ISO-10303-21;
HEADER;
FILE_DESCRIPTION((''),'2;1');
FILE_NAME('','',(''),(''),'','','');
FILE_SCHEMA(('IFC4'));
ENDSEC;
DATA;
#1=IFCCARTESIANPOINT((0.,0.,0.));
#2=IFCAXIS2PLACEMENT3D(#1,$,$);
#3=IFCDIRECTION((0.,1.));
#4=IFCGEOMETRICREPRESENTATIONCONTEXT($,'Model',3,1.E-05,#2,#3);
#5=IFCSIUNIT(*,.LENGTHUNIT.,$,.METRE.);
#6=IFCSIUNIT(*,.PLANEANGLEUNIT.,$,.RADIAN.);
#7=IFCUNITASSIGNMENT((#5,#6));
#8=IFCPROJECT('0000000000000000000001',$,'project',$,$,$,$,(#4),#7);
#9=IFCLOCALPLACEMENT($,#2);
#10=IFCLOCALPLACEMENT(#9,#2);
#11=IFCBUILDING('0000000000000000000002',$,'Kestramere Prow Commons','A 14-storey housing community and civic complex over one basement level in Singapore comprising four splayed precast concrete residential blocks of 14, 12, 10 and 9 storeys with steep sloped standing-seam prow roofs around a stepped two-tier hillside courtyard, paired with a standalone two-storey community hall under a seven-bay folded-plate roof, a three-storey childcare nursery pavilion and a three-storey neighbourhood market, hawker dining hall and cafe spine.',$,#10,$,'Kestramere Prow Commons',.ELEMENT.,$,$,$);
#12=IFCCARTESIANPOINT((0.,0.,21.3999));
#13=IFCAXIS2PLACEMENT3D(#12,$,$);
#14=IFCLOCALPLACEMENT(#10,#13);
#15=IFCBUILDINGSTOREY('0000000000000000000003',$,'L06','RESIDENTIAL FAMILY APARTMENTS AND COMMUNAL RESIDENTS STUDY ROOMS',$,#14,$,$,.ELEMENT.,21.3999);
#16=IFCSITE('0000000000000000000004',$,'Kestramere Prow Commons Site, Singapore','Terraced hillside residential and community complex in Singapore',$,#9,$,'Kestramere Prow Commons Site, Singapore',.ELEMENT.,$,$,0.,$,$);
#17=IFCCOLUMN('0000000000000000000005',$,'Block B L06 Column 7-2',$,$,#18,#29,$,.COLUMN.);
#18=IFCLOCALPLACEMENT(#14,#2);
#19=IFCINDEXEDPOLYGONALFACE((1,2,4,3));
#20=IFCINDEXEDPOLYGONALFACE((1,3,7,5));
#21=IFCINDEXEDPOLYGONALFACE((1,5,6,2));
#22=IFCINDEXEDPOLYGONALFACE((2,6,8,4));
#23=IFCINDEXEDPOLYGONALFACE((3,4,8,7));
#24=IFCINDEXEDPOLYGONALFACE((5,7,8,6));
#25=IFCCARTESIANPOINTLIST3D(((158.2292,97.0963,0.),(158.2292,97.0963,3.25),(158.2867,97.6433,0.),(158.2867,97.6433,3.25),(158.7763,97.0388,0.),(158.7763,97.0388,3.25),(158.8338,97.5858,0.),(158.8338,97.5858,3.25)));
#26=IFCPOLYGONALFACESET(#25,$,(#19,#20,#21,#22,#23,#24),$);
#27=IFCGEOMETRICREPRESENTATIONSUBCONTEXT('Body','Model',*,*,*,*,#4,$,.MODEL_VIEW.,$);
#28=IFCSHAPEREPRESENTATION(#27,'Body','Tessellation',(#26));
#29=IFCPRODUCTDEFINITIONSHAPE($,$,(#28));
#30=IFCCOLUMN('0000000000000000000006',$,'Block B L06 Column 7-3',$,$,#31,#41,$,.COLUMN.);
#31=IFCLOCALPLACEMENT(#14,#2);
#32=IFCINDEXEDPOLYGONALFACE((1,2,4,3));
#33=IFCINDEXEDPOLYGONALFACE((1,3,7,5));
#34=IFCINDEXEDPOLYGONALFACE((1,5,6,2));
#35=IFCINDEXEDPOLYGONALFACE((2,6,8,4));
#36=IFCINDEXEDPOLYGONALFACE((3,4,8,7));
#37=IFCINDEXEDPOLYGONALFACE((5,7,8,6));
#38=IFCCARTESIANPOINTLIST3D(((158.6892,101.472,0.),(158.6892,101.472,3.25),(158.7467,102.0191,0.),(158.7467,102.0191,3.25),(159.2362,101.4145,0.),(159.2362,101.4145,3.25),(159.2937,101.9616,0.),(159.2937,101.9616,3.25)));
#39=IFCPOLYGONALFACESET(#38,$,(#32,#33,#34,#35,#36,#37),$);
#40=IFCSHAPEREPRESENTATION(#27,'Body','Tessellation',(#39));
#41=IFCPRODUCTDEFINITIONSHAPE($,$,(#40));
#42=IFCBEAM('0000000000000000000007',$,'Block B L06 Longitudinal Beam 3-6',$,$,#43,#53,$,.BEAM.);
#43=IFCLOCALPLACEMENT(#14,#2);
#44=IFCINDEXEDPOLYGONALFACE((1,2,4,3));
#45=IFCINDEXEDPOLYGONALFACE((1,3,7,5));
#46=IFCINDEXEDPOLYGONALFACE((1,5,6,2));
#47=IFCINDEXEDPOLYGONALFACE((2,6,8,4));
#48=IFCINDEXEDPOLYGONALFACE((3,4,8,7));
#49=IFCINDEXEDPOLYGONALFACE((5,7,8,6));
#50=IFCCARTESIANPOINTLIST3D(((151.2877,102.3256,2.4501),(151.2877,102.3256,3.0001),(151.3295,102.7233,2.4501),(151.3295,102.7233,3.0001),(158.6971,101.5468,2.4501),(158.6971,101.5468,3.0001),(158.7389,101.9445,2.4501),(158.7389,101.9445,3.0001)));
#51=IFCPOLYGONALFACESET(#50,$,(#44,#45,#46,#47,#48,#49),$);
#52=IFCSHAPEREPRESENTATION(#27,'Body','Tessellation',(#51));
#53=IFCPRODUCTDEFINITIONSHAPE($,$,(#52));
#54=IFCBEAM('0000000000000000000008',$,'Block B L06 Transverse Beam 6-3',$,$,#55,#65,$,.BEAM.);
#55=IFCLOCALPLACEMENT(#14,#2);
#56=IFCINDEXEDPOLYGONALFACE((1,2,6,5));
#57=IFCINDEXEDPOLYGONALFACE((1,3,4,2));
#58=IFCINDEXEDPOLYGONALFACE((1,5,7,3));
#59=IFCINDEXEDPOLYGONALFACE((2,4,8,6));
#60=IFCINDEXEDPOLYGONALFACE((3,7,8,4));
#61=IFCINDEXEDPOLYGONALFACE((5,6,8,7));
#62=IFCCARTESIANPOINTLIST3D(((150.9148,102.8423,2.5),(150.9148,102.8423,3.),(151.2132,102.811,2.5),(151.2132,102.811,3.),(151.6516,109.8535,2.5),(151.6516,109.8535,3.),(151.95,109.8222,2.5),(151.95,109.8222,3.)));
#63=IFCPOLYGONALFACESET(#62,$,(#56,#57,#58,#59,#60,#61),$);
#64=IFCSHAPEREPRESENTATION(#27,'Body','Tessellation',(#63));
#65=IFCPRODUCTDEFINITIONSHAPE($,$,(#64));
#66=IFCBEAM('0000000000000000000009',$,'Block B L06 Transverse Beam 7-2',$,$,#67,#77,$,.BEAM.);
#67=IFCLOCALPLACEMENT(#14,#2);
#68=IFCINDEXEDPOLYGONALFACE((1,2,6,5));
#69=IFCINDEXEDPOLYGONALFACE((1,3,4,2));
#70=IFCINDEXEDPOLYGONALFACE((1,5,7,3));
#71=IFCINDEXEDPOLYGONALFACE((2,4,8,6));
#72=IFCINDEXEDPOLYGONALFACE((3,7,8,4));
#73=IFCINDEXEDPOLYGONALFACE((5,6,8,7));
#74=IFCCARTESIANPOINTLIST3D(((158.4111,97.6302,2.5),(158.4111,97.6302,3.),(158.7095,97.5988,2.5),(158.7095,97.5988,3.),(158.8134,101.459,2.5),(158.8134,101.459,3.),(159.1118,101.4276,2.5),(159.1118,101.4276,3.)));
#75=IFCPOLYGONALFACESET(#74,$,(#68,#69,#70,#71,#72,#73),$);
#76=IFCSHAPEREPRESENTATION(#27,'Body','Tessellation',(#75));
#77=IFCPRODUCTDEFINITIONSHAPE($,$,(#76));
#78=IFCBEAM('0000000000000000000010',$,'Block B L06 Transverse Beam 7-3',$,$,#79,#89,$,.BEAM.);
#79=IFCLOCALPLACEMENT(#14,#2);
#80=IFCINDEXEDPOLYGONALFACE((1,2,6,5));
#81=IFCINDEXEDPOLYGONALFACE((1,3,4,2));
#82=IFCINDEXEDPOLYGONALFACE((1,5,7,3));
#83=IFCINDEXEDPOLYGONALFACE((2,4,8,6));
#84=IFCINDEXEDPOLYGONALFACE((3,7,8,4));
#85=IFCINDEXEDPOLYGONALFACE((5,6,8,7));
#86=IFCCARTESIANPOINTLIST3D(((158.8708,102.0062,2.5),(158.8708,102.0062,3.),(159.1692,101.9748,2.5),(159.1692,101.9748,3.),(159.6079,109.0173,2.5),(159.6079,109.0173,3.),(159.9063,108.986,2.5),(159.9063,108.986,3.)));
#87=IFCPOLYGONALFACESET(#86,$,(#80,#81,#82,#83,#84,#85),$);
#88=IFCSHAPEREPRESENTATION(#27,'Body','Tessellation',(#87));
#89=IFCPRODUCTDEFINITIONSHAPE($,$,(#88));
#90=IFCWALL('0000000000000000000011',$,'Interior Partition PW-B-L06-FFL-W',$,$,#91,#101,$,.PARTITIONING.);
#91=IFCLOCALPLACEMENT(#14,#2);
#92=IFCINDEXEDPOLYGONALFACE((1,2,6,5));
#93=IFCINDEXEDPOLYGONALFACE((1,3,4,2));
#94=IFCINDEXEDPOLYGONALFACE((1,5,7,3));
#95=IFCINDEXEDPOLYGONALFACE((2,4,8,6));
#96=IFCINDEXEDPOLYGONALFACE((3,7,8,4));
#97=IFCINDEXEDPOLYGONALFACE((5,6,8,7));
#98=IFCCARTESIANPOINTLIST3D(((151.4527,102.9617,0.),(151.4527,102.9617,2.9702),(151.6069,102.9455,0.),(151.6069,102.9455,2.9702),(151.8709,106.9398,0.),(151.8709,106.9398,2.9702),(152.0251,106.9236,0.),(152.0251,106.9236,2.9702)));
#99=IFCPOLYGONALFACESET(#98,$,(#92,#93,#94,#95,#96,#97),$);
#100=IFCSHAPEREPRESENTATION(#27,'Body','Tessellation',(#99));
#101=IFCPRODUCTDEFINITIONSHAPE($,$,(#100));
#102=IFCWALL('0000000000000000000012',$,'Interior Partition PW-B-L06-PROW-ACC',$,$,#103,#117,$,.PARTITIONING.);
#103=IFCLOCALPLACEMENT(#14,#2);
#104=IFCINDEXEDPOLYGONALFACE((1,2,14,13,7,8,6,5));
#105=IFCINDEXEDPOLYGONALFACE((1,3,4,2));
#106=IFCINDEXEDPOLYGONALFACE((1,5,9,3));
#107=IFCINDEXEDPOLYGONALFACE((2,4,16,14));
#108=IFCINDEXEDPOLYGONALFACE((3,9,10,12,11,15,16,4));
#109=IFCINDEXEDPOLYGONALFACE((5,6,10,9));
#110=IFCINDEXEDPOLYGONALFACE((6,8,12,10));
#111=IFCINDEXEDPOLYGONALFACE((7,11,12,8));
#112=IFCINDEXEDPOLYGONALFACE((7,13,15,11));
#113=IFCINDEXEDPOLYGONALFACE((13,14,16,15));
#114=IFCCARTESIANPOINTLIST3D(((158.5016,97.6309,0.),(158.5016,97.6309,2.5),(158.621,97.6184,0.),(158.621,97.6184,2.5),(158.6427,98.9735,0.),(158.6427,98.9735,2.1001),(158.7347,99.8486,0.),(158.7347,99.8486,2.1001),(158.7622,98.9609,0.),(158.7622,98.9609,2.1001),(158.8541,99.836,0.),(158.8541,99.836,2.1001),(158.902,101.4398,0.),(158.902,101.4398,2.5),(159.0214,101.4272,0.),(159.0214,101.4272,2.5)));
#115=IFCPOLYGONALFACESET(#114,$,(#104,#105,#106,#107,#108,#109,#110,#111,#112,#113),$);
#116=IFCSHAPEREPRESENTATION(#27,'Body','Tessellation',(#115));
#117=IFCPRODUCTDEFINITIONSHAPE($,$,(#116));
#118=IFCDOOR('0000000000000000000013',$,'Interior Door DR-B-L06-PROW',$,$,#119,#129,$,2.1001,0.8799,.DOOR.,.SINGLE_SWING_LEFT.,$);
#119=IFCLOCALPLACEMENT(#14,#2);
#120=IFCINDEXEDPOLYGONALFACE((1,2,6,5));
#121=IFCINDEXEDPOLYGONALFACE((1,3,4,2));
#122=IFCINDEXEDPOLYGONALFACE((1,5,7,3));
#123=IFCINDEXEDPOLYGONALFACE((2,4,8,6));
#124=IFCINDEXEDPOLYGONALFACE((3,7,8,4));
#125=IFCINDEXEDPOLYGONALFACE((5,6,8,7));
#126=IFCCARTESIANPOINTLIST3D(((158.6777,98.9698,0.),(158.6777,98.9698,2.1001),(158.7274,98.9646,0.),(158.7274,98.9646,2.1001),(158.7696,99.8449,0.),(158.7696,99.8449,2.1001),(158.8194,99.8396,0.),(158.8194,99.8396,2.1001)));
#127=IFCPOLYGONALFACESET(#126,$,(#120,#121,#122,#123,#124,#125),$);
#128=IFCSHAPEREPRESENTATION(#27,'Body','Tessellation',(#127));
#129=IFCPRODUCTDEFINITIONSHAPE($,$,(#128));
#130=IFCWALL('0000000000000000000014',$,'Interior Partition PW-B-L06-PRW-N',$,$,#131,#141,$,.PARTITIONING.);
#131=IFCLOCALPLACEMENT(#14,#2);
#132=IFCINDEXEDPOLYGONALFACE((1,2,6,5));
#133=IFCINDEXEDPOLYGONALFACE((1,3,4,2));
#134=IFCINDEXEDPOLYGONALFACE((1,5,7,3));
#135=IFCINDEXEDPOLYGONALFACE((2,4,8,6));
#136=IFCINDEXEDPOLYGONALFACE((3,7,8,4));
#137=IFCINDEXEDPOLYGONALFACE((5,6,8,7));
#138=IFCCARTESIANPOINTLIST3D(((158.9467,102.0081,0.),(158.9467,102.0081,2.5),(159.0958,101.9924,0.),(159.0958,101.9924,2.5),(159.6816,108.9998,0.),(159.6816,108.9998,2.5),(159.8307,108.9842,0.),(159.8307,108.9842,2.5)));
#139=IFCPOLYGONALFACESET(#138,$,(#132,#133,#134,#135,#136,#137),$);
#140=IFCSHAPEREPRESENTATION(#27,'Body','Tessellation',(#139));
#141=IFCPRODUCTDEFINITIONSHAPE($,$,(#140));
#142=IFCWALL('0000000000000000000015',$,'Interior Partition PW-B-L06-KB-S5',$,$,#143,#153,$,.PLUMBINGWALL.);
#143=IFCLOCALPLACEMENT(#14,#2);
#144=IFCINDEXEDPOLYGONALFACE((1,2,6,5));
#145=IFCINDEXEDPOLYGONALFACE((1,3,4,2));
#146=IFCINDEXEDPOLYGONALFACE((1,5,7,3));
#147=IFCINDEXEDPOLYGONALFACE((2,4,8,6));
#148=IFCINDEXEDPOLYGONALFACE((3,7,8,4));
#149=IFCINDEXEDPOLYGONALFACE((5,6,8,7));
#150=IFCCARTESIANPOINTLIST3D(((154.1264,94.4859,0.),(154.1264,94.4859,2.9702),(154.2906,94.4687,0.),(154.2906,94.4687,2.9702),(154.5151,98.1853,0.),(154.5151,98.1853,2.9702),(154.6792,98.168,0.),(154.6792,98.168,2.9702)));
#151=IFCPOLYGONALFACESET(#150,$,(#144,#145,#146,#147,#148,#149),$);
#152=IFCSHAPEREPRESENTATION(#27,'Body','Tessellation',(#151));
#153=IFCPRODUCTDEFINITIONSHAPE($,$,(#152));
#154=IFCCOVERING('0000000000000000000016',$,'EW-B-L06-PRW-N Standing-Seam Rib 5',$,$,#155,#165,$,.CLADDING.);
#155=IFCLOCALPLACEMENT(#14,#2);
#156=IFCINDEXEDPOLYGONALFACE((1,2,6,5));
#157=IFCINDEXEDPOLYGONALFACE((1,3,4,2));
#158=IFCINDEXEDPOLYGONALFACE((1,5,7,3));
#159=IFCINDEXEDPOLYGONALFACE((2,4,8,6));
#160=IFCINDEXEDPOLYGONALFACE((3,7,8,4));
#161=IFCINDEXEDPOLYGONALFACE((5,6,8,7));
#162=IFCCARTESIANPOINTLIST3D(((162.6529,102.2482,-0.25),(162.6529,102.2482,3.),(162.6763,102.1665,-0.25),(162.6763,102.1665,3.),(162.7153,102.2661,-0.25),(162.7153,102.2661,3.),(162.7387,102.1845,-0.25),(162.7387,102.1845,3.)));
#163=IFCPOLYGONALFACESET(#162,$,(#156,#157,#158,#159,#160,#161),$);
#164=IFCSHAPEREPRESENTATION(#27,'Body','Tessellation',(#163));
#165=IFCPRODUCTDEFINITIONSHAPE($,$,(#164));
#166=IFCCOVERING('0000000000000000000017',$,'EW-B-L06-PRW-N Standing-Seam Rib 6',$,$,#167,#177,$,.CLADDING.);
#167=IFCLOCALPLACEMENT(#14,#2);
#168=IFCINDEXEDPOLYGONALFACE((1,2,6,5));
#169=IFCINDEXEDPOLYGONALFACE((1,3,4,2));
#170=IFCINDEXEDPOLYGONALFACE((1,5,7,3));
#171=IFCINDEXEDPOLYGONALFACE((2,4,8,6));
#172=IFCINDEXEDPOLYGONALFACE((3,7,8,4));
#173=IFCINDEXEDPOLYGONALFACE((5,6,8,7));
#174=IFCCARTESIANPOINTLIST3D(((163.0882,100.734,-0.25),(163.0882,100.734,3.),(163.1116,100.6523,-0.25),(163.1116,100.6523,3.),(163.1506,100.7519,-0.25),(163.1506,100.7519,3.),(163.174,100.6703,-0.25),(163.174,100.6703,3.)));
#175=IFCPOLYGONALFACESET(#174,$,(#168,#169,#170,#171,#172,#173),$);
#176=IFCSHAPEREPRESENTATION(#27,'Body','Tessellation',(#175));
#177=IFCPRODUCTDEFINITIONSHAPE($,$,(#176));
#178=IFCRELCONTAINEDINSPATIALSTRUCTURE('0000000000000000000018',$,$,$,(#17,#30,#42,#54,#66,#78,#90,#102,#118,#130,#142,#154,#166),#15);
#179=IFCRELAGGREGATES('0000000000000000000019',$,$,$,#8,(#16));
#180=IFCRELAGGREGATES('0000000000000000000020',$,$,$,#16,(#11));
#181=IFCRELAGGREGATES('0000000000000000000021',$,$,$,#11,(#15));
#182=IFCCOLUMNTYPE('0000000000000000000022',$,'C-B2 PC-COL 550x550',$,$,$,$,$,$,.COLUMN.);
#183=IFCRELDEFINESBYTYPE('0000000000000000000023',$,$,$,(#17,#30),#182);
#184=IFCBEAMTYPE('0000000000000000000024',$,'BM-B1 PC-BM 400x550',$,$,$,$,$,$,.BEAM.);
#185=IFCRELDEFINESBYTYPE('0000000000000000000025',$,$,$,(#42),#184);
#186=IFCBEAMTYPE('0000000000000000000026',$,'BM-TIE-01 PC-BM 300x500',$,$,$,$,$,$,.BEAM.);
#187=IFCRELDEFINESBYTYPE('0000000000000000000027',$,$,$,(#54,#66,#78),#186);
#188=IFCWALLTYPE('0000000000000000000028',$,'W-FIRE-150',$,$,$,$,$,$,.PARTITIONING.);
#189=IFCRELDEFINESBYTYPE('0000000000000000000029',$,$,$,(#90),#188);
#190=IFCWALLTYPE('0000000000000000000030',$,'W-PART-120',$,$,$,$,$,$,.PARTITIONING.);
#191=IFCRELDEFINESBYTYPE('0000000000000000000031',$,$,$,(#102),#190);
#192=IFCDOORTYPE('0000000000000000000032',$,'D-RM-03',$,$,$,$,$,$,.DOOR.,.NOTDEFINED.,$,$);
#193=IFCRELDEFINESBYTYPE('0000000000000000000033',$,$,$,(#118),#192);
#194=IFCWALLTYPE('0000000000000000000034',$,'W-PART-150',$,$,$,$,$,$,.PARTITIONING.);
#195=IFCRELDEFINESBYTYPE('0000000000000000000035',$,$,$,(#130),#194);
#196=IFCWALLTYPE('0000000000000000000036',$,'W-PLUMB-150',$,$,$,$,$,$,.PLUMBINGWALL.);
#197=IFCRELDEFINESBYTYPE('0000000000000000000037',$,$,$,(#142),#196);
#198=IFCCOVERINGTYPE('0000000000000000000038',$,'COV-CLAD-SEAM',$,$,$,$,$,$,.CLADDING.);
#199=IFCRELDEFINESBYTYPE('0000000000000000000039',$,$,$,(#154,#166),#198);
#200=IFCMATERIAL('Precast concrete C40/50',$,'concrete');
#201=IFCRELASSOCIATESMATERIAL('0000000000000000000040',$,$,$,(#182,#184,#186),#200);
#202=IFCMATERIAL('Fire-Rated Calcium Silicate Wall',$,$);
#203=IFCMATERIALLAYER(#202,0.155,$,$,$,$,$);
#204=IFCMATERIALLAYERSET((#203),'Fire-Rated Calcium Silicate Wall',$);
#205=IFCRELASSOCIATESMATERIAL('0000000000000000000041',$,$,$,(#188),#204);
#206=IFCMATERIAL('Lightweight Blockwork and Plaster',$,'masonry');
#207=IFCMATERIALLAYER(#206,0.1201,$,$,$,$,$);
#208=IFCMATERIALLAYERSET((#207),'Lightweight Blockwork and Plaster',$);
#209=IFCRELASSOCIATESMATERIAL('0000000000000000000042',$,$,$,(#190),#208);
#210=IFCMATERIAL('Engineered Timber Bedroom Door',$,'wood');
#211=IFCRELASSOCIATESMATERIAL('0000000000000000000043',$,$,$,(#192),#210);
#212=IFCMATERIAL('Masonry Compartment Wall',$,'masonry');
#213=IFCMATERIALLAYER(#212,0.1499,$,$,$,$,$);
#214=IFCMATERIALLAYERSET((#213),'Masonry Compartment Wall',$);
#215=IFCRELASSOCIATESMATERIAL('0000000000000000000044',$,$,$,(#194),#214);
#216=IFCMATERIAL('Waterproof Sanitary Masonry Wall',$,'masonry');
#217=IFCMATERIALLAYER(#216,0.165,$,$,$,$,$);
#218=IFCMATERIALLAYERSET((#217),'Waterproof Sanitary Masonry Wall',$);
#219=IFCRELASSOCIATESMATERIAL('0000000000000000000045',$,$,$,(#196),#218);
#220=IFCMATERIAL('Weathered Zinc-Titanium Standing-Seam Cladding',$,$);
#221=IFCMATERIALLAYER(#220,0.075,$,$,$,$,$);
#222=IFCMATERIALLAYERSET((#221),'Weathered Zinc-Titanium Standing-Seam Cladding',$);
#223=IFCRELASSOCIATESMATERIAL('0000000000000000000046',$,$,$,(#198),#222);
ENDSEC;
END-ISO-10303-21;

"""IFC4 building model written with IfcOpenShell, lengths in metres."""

from ifc_helpers import new_model, si_unit, direction, frame, frame_2d, origin, origin_2d, place, context, subcontext, project, spatial, rectangle, extrude, material, layer, layer_set, material_profile, profile_set, type_object, element, fill, save


model = new_model("IFC4")

# Units and contexts
model_context = context("Model", 3, precision=1e-05, world=origin(), true_north=direction((0.0, 1.0)))
body_context = subcontext(model_context, "Body", "Model", "MODEL_VIEW")
ifc_project = project(units=[si_unit("LENGTHUNIT", "METRE"), si_unit("PLANEANGLEUNIT", "RADIAN")], contexts=[model_context])

# Site, building, storey
site_placement = place(None, origin())
site = spatial("IfcSite", under=ifc_project, at=site_placement, Name="Kestramere Prow Commons Site, Singapore", Description="Terraced hillside residential and community complex in Singapore", LongName="Kestramere Prow Commons Site, Singapore", CompositionType="ELEMENT", RefElevation=0.0)
building_placement = place(site_placement, origin())
building = spatial("IfcBuilding", under=site, at=building_placement, Name="Kestramere Prow Commons", Description="A 14-storey housing community and civic complex over one basement level in Singapore comprising four splayed precast concrete residential blocks of 14, 12, 10 and 9 storeys with steep sloped standing-seam prow roofs around a stepped two-tier hillside courtyard, paired with a standalone two-storey community hall under a seven-bay folded-plate roof, a three-storey childcare nursery pavilion and a three-storey neighbourhood market, hawker dining hall and cafe spine.", LongName="Kestramere Prow Commons", CompositionType="ELEMENT")
storey_placement = place(building_placement, frame((0.0, 0.0, 21.3999)))
storey = spatial("IfcBuildingStorey", under=building, at=storey_placement, Name="L06", Description="RESIDENTIAL FAMILY APARTMENTS AND COMMUNAL RESIDENTS STUDY ROOMS", CompositionType="ELEMENT", Elevation=21.3999)

# Columns
ifc_material_1 = material(Name="Precast concrete C40/50", Category="concrete")
ifc_material_profile_1 = material_profile(ifc_material_1, rectangle(XDim=0.55, YDim=0.55, at=origin_2d()), Name="PC-COL 550x550")
ifc_profile_set_1 = profile_set([ifc_material_profile_1], Name="Precast concrete C40/50")
column_type = type_object("IfcColumnType", Name="C-B2 PC-COL 550x550", PredefinedType="COLUMN", material=ifc_profile_set_1)
for number, where, z_axis, x_axis, name in (
    (1, (158.5315, 97.3411, 0.0), (0.0, 0.0, 1.0), (0.994522, -0.104528, 0.0), "Block B L06 Column 7-2"),
    (2, (158.9915, 101.7168, 0.0), (0.0, 0.0, 1.0), (0.994522, -0.104528, 0.0), "Block B L06 Column 7-3"),
):
    element("IfcColumn", number, at=place(storey_placement, frame(where, z_axis=z_axis, x_axis=x_axis)), inside=storey, type_object=column_type, Name=name, PredefinedType="COLUMN", context=body_context, shape_type="SweptSolid", body=[
        extrude(rectangle(XDim=0.55, YDim=0.55, at=origin_2d()), origin(), (0.0, 0.0, 1.0), 3.25),
    ])

# Beams
ifc_material_profile_2 = material_profile(ifc_material_1, rectangle(XDim=0.3999, YDim=0.55, at=origin_2d()), Name="PC-BM 400x550")
ifc_profile_set_2 = profile_set([ifc_material_profile_2], Name="Precast concrete C40/50")
beam_type_1 = type_object("IfcBeamType", Name="BM-B1 PC-BM 400x550", PredefinedType="BEAM", material=ifc_profile_set_2)
beam_1_placement = place(storey_placement, frame((151.3086, 102.5244, 2.7251), z_axis=(0.994521, -0.104535, 0.0), x_axis=(0.104535, 0.994521, 0.0)))
element("IfcBeam", 3, at=beam_1_placement, inside=storey, type_object=beam_type_1, Name="Block B L06 Longitudinal Beam 3-6", PredefinedType="BEAM", context=body_context, shape_type="SweptSolid", body=[
    extrude(rectangle(XDim=0.3999, YDim=0.55, at=origin_2d()), origin(), (0.0, 0.0, 1.0), 7.4502),
])
ifc_material_profile_3 = material_profile(ifc_material_1, rectangle(XDim=0.3, YDim=0.5, at=origin_2d()), Name="PC-BM 300x500")
ifc_profile_set_3 = profile_set([ifc_material_profile_3], Name="Precast concrete C40/50")
beam_type_2 = type_object("IfcBeamType", Name="BM-TIE-01 PC-BM 300x500", PredefinedType="BEAM", material=ifc_profile_set_3)
beam_2_placement = place(storey_placement, frame((151.064, 102.8267, 2.75), z_axis=(0.104515, 0.994523, 0.0), x_axis=(-0.994523, 0.104515, 0.0)))
element("IfcBeam", 4, at=beam_2_placement, inside=storey, type_object=beam_type_2, Name="Block B L06 Transverse Beam 6-3", PredefinedType="BEAM", context=body_context, shape_type="SweptSolid", body=[
    extrude(rectangle(XDim=0.3, YDim=0.5, at=origin_2d()), origin(), (0.0, 0.0, 1.0), 7.0498),
])
beam_3_placement = place(storey_placement, frame((158.5603, 97.6145, 2.75), z_axis=(0.104507, 0.994524, 0.0), x_axis=(-0.994524, 0.104507, 0.0)))
element("IfcBeam", 5, at=beam_3_placement, inside=storey, type_object=beam_type_2, Name="Block B L06 Transverse Beam 7-2", PredefinedType="BEAM", context=body_context, shape_type="SweptSolid", body=[
    extrude(rectangle(XDim=0.3, YDim=0.5, at=origin_2d()), origin(), (0.0, 0.0, 1.0), 3.8499),
])
beam_4_placement = place(storey_placement, frame((159.02, 101.9905, 2.75), z_axis=(0.10455, 0.99452, 0.0), x_axis=(-0.99452, 0.10455, 0.0)))
element("IfcBeam", 6, at=beam_4_placement, inside=storey, type_object=beam_type_2, Name="Block B L06 Transverse Beam 7-3", PredefinedType="BEAM", context=body_context, shape_type="SweptSolid", body=[
    extrude(rectangle(XDim=0.3, YDim=0.5, at=origin_2d()), origin(), (0.0, 0.0, 1.0), 7.0498),
])

# Shared definitions
ifc_material_2 = material(Name="Fire-Rated Calcium Silicate Wall")
ifc_layer_1 = layer(ifc_material_2, 0.155)
ifc_layer_set_1 = layer_set([ifc_layer_1], Name="Fire-Rated Calcium Silicate Wall")
wall_type_1 = type_object("IfcWallType", Name="W-FIRE-150", PredefinedType="PARTITIONING", material=ifc_layer_set_1)

# Wall
wall_1_placement = place(storey_placement, frame((151.5298, 102.9536, 0.0), z_axis=(0.0, 0.0, 1.0), x_axis=(0.104555, 0.994519, 0.0)))
element("IfcWall", 7, at=wall_1_placement, inside=storey, type_object=wall_type_1, Name="Interior Partition PW-B-L06-FFL-W", PredefinedType="PARTITIONING", context=body_context, shape_type="SweptSolid", body=[
    extrude(rectangle(XDim=4.0, YDim=0.155, at=frame_2d((2.0, 0.0))), origin(), (0.0, 0.0, 1.0), 2.9702),
])

# Wall, opening, door
ifc_material_3 = material(Name="Lightweight Blockwork and Plaster", Category="masonry")
ifc_layer_2 = layer(ifc_material_3, 0.1201)
ifc_layer_set_2 = layer_set([ifc_layer_2], Name="Lightweight Blockwork and Plaster")
wall_type_2 = type_object("IfcWallType", Name="W-PART-120", PredefinedType="PARTITIONING", material=ifc_layer_set_2)
wall_2_placement = place(storey_placement, frame((158.5613, 97.6245, 0.0), z_axis=(0.0, 0.0, 1.0), x_axis=(0.104545, 0.99452, 0.0)))
wall_2 = element("IfcWall", 8, at=wall_2_placement, inside=storey, type_object=wall_type_2, Name="Interior Partition PW-B-L06-PROW-ACC", PredefinedType="PARTITIONING", context=body_context, shape_type="SweptSolid", body=[
    extrude(rectangle(XDim=3.8298, YDim=0.1201, at=frame_2d((1.915, 0.0))), origin(), (0.0, 0.0, 1.0), 2.5),
])
opening_1_placement = place(wall_2_placement, frame((1.3501, 0.0, 0.0)))
opening_1 = element("IfcOpeningElement", 9, at=opening_1_placement, cuts=wall_2, PredefinedType="OPENING", context=body_context, shape_type="SweptSolid", body=[
    extrude(rectangle(XDim=0.8799, YDim=2.1001, at=frame_2d((0.4399, 1.05))), frame((0.0, 0.075, 0.0), z_axis=(0.0, -1.0, 0.0), x_axis=(1.0, 0.0, 0.0)), (0.0, 0.0, 1.0), 0.1501),
])
ifc_material_4 = material(Name="Engineered Timber Bedroom Door", Category="wood")
door_type_1 = type_object("IfcDoorType", Name="D-RM-03", OperationType="NOTDEFINED", PredefinedType="DOOR", material=ifc_material_4)
door_1_placement = place(opening_1_placement, origin())
door_1 = element("IfcDoor", 10, at=door_1_placement, inside=storey, type_object=door_type_1, Name="Interior Door DR-B-L06-PROW", OperationType="SINGLE_SWING_LEFT", OverallHeight=2.1001, OverallWidth=0.8799, PredefinedType="DOOR", context=body_context, shape_type="SweptSolid", body=[
    extrude(rectangle(XDim=0.8799, YDim=2.1001, at=frame_2d((0.4399, 1.05))), frame((0.0, 0.0249, 0.0), z_axis=(0.0, -1.0, 0.0), x_axis=(1.0, 0.0, 0.0)), (0.0, 0.0, 1.0), 0.05),
])
fill(opening_1, door_1)

# Walls
ifc_material_5 = material(Name="Masonry Compartment Wall", Category="masonry")
ifc_layer_3 = layer(ifc_material_5, 0.1499)
ifc_layer_set_3 = layer_set([ifc_layer_3], Name="Masonry Compartment Wall")
wall_type_3 = type_object("IfcWallType", Name="W-PART-150", PredefinedType="PARTITIONING", material=ifc_layer_set_3)
wall_3_placement = place(storey_placement, frame((159.0212, 102.0002, 0.0), z_axis=(0.0, 0.0, 1.0), x_axis=(0.104529, 0.994522, 0.0)))
element("IfcWall", 11, at=wall_3_placement, inside=storey, type_object=wall_type_3, Name="Interior Partition PW-B-L06-PRW-N", PredefinedType="PARTITIONING", context=body_context, shape_type="SweptSolid", body=[
    extrude(rectangle(XDim=7.0303, YDim=0.1499, at=frame_2d((3.5151, 0.0))), origin(), (0.0, 0.0, 1.0), 2.5),
])
ifc_material_6 = material(Name="Waterproof Sanitary Masonry Wall", Category="masonry")
ifc_layer_4 = layer(ifc_material_6, 0.165)
ifc_layer_set_4 = layer_set([ifc_layer_4], Name="Waterproof Sanitary Masonry Wall")
wall_type_4 = type_object("IfcWallType", Name="W-PLUMB-150", PredefinedType="PLUMBINGWALL", material=ifc_layer_set_4)
wall_4_placement = place(storey_placement, frame((154.2085, 94.4773, 0.0), z_axis=(0.0, 0.0, 1.0), x_axis=(0.104487, 0.994526, 0.0)))
element("IfcWall", 12, at=wall_4_placement, inside=storey, type_object=wall_type_4, Name="Interior Partition PW-B-L06-KB-S5", PredefinedType="PLUMBINGWALL", context=body_context, shape_type="SweptSolid", body=[
    extrude(rectangle(XDim=3.7197, YDim=0.165, at=frame_2d((1.8599, 0.0))), origin(), (0.0, 0.0, 1.0), 2.9702),
])

# Coverings
ifc_material_7 = material(Name="Weathered Zinc-Titanium Standing-Seam Cladding")
ifc_layer_5 = layer(ifc_material_7, 0.075)
ifc_layer_set_5 = layer_set([ifc_layer_5], Name="Weathered Zinc-Titanium Standing-Seam Cladding")
covering_type = type_object("IfcCoveringType", Name="COV-CLAD-SEAM", PredefinedType="CLADDING", material=ifc_layer_set_5)
for number, where, z_axis, x_axis, name in (
    (13, (162.6958, 102.2163, -0.25), (0.0, 0.0, 1.0), (0.276318, -0.961066, 0.0), "EW-B-L06-PRW-N Standing-Seam Rib 5"),
    (14, (163.1311, 100.7021, -0.25), (0.0, 0.0, 1.0), (0.276318, -0.961066, 0.0), "EW-B-L06-PRW-N Standing-Seam Rib 6"),
):
    element("IfcCovering", number, at=place(storey_placement, frame(where, z_axis=z_axis, x_axis=x_axis)), inside=storey, type_object=covering_type, Name=name, PredefinedType="CLADDING", context=body_context, shape_type="SweptSolid", body=[
        extrude(rectangle(XDim=0.085, YDim=0.0649, at=origin_2d()), origin(), (0.0, 0.0, 1.0), 3.25),
    ])

save(model, "model.ifc")
